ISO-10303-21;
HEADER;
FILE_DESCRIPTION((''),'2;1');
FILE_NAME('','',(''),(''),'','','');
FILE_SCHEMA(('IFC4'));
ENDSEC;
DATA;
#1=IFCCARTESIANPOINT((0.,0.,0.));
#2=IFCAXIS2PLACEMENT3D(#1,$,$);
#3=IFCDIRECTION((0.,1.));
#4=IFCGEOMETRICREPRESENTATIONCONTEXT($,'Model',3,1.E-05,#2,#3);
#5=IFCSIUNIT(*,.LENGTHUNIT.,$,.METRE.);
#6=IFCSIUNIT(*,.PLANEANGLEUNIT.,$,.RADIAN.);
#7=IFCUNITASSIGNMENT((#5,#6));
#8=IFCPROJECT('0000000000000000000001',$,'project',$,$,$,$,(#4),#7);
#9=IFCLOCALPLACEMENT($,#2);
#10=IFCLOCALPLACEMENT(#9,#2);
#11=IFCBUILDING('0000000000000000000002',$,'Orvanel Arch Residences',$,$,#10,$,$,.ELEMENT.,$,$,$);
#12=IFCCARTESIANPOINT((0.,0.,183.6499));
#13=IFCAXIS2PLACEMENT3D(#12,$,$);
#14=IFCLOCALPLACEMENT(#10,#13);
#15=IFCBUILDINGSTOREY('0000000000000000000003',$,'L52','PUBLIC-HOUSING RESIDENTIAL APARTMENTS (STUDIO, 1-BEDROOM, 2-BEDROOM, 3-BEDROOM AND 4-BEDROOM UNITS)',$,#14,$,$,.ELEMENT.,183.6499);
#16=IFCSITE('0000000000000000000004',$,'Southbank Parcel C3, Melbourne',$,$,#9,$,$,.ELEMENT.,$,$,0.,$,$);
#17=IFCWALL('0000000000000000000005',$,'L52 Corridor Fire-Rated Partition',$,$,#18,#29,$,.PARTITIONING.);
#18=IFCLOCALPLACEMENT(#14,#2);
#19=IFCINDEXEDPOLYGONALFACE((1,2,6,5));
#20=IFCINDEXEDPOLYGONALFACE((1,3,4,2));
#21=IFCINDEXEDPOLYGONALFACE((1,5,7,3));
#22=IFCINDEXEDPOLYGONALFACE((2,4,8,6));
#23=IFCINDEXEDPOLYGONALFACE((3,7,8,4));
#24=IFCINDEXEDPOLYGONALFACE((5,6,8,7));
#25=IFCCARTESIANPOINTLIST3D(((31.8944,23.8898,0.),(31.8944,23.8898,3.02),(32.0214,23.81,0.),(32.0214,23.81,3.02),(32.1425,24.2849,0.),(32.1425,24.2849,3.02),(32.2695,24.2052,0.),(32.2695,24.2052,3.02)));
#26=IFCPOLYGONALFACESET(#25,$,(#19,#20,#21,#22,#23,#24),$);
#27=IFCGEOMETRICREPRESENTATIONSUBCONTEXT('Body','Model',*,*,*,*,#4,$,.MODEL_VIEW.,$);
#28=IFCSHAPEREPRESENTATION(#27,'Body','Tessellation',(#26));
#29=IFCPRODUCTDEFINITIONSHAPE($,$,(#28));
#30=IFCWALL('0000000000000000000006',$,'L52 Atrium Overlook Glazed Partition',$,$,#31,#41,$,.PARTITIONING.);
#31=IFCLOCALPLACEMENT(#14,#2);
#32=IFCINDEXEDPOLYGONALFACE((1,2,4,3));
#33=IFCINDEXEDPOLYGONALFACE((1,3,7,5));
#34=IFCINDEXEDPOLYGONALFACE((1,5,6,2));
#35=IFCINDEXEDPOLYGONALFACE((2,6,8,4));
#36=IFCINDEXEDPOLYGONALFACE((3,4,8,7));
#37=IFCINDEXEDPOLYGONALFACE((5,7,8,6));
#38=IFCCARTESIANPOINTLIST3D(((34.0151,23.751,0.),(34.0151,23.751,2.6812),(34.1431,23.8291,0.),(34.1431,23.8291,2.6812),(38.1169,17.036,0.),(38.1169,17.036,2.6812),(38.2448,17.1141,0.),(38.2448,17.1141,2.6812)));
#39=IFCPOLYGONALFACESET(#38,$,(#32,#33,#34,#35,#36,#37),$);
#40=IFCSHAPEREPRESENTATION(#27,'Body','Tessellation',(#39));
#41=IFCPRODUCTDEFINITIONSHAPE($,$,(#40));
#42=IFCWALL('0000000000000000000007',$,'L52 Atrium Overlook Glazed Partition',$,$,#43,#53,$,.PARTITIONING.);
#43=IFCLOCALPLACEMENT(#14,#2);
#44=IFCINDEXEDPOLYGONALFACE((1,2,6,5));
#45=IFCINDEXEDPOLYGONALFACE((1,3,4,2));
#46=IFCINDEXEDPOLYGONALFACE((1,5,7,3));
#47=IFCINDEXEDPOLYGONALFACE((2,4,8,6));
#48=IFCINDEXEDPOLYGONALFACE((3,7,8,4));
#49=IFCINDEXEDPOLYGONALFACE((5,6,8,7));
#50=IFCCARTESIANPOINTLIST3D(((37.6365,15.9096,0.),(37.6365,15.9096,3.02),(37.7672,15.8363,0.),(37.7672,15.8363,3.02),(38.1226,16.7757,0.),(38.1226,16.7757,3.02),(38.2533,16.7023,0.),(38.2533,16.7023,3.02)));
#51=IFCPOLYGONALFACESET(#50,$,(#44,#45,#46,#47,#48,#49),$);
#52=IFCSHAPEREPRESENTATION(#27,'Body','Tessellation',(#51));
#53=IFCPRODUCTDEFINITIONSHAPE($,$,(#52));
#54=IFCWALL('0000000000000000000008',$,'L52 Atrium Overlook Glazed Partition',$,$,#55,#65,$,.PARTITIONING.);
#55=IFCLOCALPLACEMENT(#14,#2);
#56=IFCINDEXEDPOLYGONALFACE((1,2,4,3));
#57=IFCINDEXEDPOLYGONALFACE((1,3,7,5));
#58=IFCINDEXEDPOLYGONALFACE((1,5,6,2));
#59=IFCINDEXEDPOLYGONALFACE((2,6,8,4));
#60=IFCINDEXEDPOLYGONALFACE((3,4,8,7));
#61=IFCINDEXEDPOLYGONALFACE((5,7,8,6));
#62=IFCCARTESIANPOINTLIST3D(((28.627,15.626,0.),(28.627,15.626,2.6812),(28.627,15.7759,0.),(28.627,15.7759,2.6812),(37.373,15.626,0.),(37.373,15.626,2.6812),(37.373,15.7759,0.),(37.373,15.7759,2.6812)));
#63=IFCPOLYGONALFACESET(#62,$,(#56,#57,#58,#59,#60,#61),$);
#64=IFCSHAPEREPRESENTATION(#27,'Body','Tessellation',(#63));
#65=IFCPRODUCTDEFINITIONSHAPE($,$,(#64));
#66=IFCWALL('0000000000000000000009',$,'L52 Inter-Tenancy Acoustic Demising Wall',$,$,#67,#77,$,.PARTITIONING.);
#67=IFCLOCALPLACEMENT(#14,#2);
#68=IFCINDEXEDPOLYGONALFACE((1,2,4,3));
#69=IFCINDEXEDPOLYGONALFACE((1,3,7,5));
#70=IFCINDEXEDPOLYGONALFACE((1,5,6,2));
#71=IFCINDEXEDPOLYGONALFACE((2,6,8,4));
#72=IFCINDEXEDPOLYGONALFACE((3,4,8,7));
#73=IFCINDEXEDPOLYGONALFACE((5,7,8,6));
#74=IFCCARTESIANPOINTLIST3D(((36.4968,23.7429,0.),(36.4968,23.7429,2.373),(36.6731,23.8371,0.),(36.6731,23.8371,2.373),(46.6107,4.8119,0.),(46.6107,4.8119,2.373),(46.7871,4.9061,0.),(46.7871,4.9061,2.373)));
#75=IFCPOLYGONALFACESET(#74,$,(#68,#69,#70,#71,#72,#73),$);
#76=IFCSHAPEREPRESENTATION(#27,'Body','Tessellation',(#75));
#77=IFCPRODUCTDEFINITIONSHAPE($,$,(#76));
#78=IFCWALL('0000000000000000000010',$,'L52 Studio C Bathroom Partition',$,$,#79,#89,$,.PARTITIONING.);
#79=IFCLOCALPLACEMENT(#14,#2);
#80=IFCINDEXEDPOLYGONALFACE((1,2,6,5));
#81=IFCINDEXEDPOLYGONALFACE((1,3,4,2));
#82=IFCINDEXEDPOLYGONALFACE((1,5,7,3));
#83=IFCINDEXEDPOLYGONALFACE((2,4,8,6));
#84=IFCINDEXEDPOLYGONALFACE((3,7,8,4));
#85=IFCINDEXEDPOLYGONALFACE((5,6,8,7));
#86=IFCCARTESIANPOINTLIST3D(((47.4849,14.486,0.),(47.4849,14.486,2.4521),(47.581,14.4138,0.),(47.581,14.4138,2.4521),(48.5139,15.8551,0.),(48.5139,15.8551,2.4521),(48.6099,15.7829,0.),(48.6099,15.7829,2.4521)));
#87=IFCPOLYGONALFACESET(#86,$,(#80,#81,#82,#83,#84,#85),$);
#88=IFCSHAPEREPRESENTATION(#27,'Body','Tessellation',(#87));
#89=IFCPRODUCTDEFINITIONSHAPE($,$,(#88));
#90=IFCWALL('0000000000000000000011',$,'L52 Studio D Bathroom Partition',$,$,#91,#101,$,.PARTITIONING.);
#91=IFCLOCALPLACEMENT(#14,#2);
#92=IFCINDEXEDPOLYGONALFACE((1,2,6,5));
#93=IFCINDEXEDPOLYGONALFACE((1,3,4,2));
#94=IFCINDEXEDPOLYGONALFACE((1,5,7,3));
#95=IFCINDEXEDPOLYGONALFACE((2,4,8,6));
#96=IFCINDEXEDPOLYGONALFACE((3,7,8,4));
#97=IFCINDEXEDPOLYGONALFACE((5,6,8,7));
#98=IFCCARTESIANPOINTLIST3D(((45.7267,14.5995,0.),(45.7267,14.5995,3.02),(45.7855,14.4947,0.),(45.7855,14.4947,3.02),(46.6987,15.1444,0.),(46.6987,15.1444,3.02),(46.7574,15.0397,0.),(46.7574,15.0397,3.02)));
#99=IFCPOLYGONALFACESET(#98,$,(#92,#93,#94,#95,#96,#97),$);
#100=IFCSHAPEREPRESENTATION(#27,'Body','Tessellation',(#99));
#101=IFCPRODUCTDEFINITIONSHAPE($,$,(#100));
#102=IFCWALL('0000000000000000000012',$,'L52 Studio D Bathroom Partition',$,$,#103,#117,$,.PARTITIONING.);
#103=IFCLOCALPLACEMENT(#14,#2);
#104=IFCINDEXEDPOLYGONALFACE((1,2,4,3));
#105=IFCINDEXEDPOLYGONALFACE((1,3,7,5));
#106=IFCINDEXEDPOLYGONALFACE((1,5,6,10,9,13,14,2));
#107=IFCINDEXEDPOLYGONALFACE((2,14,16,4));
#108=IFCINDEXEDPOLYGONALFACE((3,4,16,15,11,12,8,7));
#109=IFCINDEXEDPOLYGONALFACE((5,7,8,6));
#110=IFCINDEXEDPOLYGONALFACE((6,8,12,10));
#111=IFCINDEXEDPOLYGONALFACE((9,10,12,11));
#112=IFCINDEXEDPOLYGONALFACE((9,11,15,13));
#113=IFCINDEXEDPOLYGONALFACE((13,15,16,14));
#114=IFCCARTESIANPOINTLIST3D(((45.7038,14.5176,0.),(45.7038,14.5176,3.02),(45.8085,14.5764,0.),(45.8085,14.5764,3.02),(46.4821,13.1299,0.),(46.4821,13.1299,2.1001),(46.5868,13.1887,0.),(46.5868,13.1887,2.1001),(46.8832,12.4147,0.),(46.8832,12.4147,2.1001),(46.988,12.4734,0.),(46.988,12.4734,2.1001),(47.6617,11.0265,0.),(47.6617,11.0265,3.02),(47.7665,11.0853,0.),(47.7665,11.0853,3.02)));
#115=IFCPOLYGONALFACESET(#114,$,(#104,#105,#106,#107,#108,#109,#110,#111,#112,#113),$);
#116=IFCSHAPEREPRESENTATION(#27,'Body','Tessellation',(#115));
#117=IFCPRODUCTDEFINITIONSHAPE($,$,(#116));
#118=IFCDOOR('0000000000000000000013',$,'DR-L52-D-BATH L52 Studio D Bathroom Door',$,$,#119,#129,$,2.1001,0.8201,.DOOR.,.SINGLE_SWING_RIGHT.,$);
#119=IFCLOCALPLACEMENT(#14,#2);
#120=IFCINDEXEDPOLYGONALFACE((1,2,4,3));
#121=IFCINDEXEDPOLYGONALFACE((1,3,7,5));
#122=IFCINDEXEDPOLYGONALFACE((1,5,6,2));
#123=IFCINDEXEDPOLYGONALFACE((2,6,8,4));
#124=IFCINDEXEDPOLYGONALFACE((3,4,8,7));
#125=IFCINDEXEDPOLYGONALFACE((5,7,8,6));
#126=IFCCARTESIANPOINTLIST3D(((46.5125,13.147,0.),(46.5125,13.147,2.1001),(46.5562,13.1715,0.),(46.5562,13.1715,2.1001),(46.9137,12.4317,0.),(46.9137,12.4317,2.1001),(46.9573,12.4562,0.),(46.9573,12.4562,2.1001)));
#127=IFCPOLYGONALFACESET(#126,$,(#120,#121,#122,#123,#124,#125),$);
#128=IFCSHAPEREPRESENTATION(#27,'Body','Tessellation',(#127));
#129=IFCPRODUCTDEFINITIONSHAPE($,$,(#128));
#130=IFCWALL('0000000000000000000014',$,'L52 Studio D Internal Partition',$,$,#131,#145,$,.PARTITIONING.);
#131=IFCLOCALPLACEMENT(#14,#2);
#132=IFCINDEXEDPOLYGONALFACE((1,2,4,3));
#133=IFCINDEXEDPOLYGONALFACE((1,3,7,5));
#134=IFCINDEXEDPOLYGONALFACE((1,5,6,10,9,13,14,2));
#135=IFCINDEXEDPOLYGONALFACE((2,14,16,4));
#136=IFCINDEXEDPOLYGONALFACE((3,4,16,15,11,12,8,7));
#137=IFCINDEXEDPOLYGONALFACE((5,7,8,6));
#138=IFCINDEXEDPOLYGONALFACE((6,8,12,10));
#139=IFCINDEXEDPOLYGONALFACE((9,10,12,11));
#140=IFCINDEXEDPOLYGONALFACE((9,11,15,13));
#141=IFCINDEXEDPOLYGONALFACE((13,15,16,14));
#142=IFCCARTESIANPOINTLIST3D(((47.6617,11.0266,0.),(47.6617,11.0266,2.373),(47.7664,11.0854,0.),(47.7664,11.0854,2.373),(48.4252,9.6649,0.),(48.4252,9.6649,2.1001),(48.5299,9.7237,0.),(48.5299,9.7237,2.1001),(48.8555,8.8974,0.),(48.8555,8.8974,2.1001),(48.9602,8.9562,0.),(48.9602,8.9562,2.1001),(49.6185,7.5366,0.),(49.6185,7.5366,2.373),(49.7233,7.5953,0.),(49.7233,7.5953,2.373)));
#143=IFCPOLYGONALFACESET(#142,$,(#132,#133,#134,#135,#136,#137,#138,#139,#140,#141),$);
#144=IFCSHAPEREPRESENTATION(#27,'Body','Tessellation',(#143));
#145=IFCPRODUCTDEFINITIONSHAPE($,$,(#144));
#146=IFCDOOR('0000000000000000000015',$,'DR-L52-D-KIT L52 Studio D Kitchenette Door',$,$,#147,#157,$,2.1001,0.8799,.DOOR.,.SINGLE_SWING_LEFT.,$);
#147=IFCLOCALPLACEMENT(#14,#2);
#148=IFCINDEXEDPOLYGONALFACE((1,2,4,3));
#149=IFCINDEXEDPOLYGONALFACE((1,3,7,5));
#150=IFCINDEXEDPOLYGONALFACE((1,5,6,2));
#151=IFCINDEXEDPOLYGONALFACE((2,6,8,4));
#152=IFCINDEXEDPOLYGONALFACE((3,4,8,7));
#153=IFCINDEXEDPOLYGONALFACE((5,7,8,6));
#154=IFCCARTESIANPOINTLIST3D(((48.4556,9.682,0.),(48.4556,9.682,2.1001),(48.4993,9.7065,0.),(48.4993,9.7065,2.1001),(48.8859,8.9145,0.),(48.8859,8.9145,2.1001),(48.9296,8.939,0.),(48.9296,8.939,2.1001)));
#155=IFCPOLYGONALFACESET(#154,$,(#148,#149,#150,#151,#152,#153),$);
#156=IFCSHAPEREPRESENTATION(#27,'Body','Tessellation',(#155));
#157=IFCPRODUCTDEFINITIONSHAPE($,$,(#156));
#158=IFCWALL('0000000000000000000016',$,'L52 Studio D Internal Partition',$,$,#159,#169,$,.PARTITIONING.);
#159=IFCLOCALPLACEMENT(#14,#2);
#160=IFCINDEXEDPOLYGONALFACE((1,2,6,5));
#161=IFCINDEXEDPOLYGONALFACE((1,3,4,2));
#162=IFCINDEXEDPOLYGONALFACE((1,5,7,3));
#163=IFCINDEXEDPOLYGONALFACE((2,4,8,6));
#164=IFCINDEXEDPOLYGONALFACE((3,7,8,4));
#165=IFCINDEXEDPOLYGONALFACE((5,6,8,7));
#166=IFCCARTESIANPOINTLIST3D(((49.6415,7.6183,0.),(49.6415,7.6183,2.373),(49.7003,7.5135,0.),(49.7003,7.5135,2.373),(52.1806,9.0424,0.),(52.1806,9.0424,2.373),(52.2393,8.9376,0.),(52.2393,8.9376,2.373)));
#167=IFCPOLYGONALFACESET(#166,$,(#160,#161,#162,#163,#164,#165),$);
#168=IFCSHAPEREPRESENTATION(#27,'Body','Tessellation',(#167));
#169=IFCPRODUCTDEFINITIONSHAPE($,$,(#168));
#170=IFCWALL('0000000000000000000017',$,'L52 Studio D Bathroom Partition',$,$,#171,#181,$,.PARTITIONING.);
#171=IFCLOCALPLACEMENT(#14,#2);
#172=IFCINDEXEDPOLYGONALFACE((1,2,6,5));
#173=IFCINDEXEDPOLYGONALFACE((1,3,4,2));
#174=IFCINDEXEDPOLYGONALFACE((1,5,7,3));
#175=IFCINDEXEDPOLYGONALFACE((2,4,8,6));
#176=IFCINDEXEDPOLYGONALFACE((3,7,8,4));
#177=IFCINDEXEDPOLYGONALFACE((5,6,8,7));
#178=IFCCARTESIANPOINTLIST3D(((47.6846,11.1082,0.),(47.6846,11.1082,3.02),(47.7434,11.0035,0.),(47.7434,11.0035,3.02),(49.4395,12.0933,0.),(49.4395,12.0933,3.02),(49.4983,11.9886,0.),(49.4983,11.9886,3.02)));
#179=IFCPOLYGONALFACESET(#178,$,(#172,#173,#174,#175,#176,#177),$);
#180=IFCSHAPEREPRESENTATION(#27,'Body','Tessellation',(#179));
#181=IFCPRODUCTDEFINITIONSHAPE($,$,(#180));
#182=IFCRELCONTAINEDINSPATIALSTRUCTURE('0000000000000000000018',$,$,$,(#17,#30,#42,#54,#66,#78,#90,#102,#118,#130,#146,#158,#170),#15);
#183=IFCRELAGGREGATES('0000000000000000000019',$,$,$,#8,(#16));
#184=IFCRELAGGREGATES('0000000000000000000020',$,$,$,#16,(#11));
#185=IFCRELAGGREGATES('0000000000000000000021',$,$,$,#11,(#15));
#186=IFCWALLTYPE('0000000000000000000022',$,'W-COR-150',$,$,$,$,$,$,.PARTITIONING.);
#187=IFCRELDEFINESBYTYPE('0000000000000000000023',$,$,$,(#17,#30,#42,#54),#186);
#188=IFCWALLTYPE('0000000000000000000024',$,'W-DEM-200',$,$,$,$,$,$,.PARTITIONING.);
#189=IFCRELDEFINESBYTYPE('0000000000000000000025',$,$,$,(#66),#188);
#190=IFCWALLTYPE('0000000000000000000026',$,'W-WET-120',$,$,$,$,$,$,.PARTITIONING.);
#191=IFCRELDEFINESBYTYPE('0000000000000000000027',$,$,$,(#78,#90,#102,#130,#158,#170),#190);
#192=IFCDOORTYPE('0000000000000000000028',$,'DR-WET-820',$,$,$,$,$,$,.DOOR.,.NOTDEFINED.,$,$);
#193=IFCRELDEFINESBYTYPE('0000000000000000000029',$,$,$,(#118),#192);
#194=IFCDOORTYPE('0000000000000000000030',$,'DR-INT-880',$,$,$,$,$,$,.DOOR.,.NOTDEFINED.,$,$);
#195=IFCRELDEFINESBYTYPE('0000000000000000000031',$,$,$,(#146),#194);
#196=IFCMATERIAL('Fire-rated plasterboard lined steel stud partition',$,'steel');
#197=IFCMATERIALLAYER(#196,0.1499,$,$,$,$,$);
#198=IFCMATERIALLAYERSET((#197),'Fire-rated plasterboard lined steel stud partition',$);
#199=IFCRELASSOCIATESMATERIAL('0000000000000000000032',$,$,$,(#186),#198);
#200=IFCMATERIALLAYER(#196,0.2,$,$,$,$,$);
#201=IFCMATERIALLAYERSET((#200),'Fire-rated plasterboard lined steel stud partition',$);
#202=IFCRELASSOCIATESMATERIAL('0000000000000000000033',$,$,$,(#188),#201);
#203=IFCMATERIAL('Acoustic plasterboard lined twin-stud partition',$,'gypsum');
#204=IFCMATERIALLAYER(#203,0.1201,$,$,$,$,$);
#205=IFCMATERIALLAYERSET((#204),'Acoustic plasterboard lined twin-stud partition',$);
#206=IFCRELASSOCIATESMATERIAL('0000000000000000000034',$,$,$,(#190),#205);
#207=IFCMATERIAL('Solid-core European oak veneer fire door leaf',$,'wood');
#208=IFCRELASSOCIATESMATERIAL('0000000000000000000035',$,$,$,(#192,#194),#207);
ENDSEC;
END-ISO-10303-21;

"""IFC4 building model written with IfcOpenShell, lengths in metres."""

from ifc_helpers import new_model, si_unit, direction, frame, frame_2d, origin, place, context, subcontext, project, spatial, rectangle, extrude, material, layer, layer_set, type_object, element, fill, save


model = new_model("IFC4")

# Units and contexts
model_context = context("Model", 3, precision=1e-05, world=origin(), true_north=direction((0.0, 1.0)))
body_context = subcontext(model_context, "Body", "Model", "MODEL_VIEW")
ifc_project = project(units=[si_unit("LENGTHUNIT", "METRE"), si_unit("PLANEANGLEUNIT", "RADIAN")], contexts=[model_context])

# Site, building, storey
site_placement = place(None, origin())
site = spatial("IfcSite", under=ifc_project, at=site_placement, Name="Southbank Parcel C3, Melbourne", CompositionType="ELEMENT", RefElevation=0.0)
building_placement = place(site_placement, origin())
building = spatial("IfcBuilding", under=site, at=building_placement, Name="Orvanel Arch Residences", CompositionType="ELEMENT")
storey_placement = place(building_placement, frame((0.0, 0.0, 183.6499)))
storey = spatial("IfcBuildingStorey", under=building, at=storey_placement, Name="L52", Description="PUBLIC-HOUSING RESIDENTIAL APARTMENTS (STUDIO, 1-BEDROOM, 2-BEDROOM, 3-BEDROOM AND 4-BEDROOM UNITS)", CompositionType="ELEMENT", Elevation=183.6499)

# Wall
ifc_material_1 = material(Name="Fire-rated plasterboard lined steel stud partition", Category="steel")
ifc_layer_1 = layer(ifc_material_1, 0.1499)
ifc_layer_set_1 = layer_set([ifc_layer_1], Name="Fire-rated plasterboard lined steel stud partition")
wall_type_1 = type_object("IfcWallType", Name="W-COR-150", PredefinedType="PARTITIONING", material=ifc_layer_set_1)
wall_1_placement = place(storey_placement, frame((32.2061, 24.2451, 0.0), z_axis=(0.0, 0.0, 1.0), x_axis=(-0.531786, -0.846879, 0.0)))
element("IfcWall", 1, at=wall_1_placement, inside=storey, type_object=wall_type_1, Name="L52 Corridor Fire-Rated Partition", PredefinedType="PARTITIONING", context=body_context, shape_type="SweptSolid", body=[
    extrude(rectangle(XDim=0.4666, YDim=0.1499, at=frame_2d((0.2334, 0.0))), origin(), (0.0, 0.0, 1.0), 3.02),
])

# Shared definitions
ifc_material_2 = material(Name="Solid-core European oak veneer fire door leaf", Category="wood")

# Walls
wall_2_placement = place(storey_placement, frame((34.0791, 23.79, 0.0), z_axis=(0.0, 0.0, 1.0), x_axis=(0.521278, -0.853387, 0.0)))
element("IfcWall", 2, at=wall_2_placement, inside=storey, type_object=wall_type_1, Name="L52 Atrium Overlook Glazed Partition", PredefinedType="PARTITIONING", context=body_context, shape_type="SweptSolid", body=[
    extrude(rectangle(XDim=7.8687, YDim=0.1499, at=frame_2d((3.9343, 0.0))), origin(), (0.0, 0.0, 1.0), 2.6812),
])
wall_3_placement = place(storey_placement, frame((38.188, 16.739, 0.0), z_axis=(0.0, 0.0, 1.0), x_axis=(-0.489479, -0.872015, 0.0)))
element("IfcWall", 3, at=wall_3_placement, inside=storey, type_object=wall_type_1, Name="L52 Atrium Overlook Glazed Partition", PredefinedType="PARTITIONING", context=body_context, shape_type="SweptSolid", body=[
    extrude(rectangle(XDim=0.9932, YDim=0.1499, at=frame_2d((0.4966, 0.0))), origin(), (0.0, 0.0, 1.0), 3.02),
])
wall_4_placement = place(storey_placement, frame((37.373, 15.7009, 0.0), z_axis=(0.0, 0.0, 1.0), x_axis=(-1.0, 0.0, 0.0)))
element("IfcWall", 4, at=wall_4_placement, inside=storey, type_object=wall_type_1, Name="L52 Atrium Overlook Glazed Partition", PredefinedType="PARTITIONING", context=body_context, shape_type="SweptSolid", body=[
    extrude(rectangle(XDim=8.7461, YDim=0.1499, at=frame_2d((4.373, 0.0))), origin(), (0.0, 0.0, 1.0), 2.6812),
])
ifc_layer_2 = layer(ifc_material_1, 0.2)
ifc_layer_set_2 = layer_set([ifc_layer_2], Name="Fire-rated plasterboard lined steel stud partition")
wall_type_2 = type_object("IfcWallType", Name="W-DEM-200", PredefinedType="PARTITIONING", material=ifc_layer_set_2)
wall_5_placement = place(storey_placement, frame((36.585, 23.79, 0.0), z_axis=(0.0, 0.0, 1.0), x_axis=(0.471219, -0.882016, 0.0)))
element("IfcWall", 5, at=wall_5_placement, inside=storey, type_object=wall_type_2, Name="L52 Inter-Tenancy Acoustic Demising Wall", PredefinedType="PARTITIONING", context=body_context, shape_type="SweptSolid", body=[
    extrude(rectangle(XDim=21.4634, YDim=0.2, at=frame_2d((10.7317, 0.0))), origin(), (0.0, 0.0, 1.0), 2.373),
])
ifc_material_3 = material(Name="Acoustic plasterboard lined twin-stud partition", Category="gypsum")
ifc_layer_3 = layer(ifc_material_3, 0.1201)
ifc_layer_set_3 = layer_set([ifc_layer_3], Name="Acoustic plasterboard lined twin-stud partition")
wall_type_3 = type_object("IfcWallType", Name="W-WET-120", PredefinedType="PARTITIONING", material=ifc_layer_set_3)
wall_6_placement = place(storey_placement, frame((48.562, 15.8191, 0.0), z_axis=(0.0, 0.0, 1.0), x_axis=(-0.600821, -0.799384, 0.0)))
element("IfcWall", 6, at=wall_6_placement, inside=storey, type_object=wall_type_3, Name="L52 Studio C Bathroom Partition", PredefinedType="PARTITIONING", context=body_context, shape_type="SweptSolid", body=[
    extrude(rectangle(XDim=1.7126, YDim=0.1201, at=frame_2d((0.8564, 0.0))), origin(), (0.0, 0.0, 1.0), 2.4521),
])
wall_7_placement = place(storey_placement, frame((46.728, 15.092, 0.0), z_axis=(0.0, 0.0, 1.0), x_axis=(-0.872259, -0.489044, 0.0)))
element("IfcWall", 7, at=wall_7_placement, inside=storey, type_object=wall_type_3, Name="L52 Studio D Bathroom Partition", PredefinedType="PARTITIONING", context=body_context, shape_type="SweptSolid", body=[
    extrude(rectangle(XDim=1.1143, YDim=0.1201, at=frame_2d((0.5571, 0.0))), origin(), (0.0, 0.0, 1.0), 3.02),
])

# Walls, openings, doors
wall_8_placement = place(storey_placement, frame((45.7561, 14.5471, 0.0), z_axis=(0.0, 0.0, 1.0), x_axis=(0.48916, -0.872194, 0.0)))
wall_8 = element("IfcWall", 8, at=wall_8_placement, inside=storey, type_object=wall_type_3, Name="L52 Studio D Bathroom Partition", PredefinedType="PARTITIONING", context=body_context, shape_type="SweptSolid", body=[
    extrude(rectangle(XDim=4.0027, YDim=0.1201, at=frame_2d((2.0015, 0.0))), origin(), (0.0, 0.0, 1.0), 3.02),
])
opening_1_placement = place(wall_8_placement, frame((1.5911, 0.0, 0.0)))
opening_1 = element("IfcOpeningElement", 9, at=opening_1_placement, cuts=wall_8, PredefinedType="OPENING", context=body_context, shape_type="SweptSolid", body=[
    extrude(rectangle(XDim=0.8201, YDim=2.1001, at=frame_2d((0.4102, 1.05))), frame((0.0, 0.0701, 0.0), z_axis=(0.0, -1.0, 0.0), x_axis=(1.0, 0.0, 0.0)), (0.0, 0.0, 1.0), 0.1401),
])
door_type_1 = type_object("IfcDoorType", Name="DR-WET-820", OperationType="NOTDEFINED", PredefinedType="DOOR", material=ifc_material_2)
door_1_placement = place(opening_1_placement, origin())
door_1 = element("IfcDoor", 10, at=door_1_placement, inside=storey, type_object=door_type_1, Name="DR-L52-D-BATH L52 Studio D Bathroom Door", OperationType="SINGLE_SWING_RIGHT", OverallHeight=2.1001, OverallWidth=0.8201, PredefinedType="DOOR", context=body_context, shape_type="SweptSolid", body=[
    extrude(rectangle(XDim=0.8201, YDim=2.1001, at=frame_2d((0.4102, 1.05))), frame((0.0, 0.0249, 0.0), z_axis=(0.0, -1.0, 0.0), x_axis=(1.0, 0.0, 0.0)), (0.0, 0.0, 1.0), 0.05),
])
fill(opening_1, door_1)
wall_9_placement = place(storey_placement, frame((47.7141, 11.0559, 0.0), z_axis=(0.0, 0.0, 1.0), x_axis=(0.489059, -0.872251, 0.0)))
wall_9 = element("IfcWall", 11, at=wall_9_placement, inside=storey, type_object=wall_type_3, Name="L52 Studio D Internal Partition", PredefinedType="PARTITIONING", context=body_context, shape_type="SweptSolid", body=[
    extrude(rectangle(XDim=4.0012, YDim=0.1201, at=frame_2d((2.0005, 0.0))), origin(), (0.0, 0.0, 1.0), 2.373),
])
opening_2_placement = place(wall_9_placement, frame((1.561, 0.0, 0.0)))
opening_2 = element("IfcOpeningElement", 12, at=opening_2_placement, cuts=wall_9, PredefinedType="OPENING", context=body_context, shape_type="SweptSolid", body=[
    extrude(rectangle(XDim=0.8799, YDim=2.1001, at=frame_2d((0.4399, 1.05))), frame((0.0, 0.0701, 0.0), z_axis=(0.0, -1.0, 0.0), x_axis=(1.0, 0.0, 0.0)), (0.0, 0.0, 1.0), 0.1401),
])
door_type_2 = type_object("IfcDoorType", Name="DR-INT-880", OperationType="NOTDEFINED", PredefinedType="DOOR", material=ifc_material_2)
door_2_placement = place(opening_2_placement, origin())
door_2 = element("IfcDoor", 13, at=door_2_placement, inside=storey, type_object=door_type_2, Name="DR-L52-D-KIT L52 Studio D Kitchenette Door", OperationType="SINGLE_SWING_LEFT", OverallHeight=2.1001, OverallWidth=0.8799, PredefinedType="DOOR", context=body_context, shape_type="SweptSolid", body=[
    extrude(rectangle(XDim=0.8799, YDim=2.1001, at=frame_2d((0.4399, 1.05))), frame((0.0, 0.0249, 0.0), z_axis=(0.0, -1.0, 0.0), x_axis=(1.0, 0.0, 0.0)), (0.0, 0.0, 1.0), 0.05),
])
fill(opening_2, door_2)

# Walls
wall_10_placement = place(storey_placement, frame((49.6709, 7.5659, 0.0), z_axis=(0.0, 0.0, 1.0), x_axis=(0.872184, 0.489178, 0.0)))
element("IfcWall", 14, at=wall_10_placement, inside=storey, type_object=wall_type_3, Name="L52 Studio D Internal Partition", PredefinedType="PARTITIONING", context=body_context, shape_type="SweptSolid", body=[
    extrude(rectangle(XDim=2.9111, YDim=0.1201, at=frame_2d((1.4556, 0.0))), origin(), (0.0, 0.0, 1.0), 2.373),
])
wall_11_placement = place(storey_placement, frame((49.469, 12.041, 0.0), z_axis=(0.0, 0.0, 1.0), x_axis=(-0.872003, -0.489501, 0.0)))
element("IfcWall", 15, at=wall_11_placement, inside=storey, type_object=wall_type_3, Name="L52 Studio D Bathroom Partition", PredefinedType="PARTITIONING", context=body_context, shape_type="SweptSolid", body=[
    extrude(rectangle(XDim=2.0125, YDim=0.1201, at=frame_2d((1.0063, 0.0))), origin(), (0.0, 0.0, 1.0), 3.02),
])

save(model, "model.ifc")
